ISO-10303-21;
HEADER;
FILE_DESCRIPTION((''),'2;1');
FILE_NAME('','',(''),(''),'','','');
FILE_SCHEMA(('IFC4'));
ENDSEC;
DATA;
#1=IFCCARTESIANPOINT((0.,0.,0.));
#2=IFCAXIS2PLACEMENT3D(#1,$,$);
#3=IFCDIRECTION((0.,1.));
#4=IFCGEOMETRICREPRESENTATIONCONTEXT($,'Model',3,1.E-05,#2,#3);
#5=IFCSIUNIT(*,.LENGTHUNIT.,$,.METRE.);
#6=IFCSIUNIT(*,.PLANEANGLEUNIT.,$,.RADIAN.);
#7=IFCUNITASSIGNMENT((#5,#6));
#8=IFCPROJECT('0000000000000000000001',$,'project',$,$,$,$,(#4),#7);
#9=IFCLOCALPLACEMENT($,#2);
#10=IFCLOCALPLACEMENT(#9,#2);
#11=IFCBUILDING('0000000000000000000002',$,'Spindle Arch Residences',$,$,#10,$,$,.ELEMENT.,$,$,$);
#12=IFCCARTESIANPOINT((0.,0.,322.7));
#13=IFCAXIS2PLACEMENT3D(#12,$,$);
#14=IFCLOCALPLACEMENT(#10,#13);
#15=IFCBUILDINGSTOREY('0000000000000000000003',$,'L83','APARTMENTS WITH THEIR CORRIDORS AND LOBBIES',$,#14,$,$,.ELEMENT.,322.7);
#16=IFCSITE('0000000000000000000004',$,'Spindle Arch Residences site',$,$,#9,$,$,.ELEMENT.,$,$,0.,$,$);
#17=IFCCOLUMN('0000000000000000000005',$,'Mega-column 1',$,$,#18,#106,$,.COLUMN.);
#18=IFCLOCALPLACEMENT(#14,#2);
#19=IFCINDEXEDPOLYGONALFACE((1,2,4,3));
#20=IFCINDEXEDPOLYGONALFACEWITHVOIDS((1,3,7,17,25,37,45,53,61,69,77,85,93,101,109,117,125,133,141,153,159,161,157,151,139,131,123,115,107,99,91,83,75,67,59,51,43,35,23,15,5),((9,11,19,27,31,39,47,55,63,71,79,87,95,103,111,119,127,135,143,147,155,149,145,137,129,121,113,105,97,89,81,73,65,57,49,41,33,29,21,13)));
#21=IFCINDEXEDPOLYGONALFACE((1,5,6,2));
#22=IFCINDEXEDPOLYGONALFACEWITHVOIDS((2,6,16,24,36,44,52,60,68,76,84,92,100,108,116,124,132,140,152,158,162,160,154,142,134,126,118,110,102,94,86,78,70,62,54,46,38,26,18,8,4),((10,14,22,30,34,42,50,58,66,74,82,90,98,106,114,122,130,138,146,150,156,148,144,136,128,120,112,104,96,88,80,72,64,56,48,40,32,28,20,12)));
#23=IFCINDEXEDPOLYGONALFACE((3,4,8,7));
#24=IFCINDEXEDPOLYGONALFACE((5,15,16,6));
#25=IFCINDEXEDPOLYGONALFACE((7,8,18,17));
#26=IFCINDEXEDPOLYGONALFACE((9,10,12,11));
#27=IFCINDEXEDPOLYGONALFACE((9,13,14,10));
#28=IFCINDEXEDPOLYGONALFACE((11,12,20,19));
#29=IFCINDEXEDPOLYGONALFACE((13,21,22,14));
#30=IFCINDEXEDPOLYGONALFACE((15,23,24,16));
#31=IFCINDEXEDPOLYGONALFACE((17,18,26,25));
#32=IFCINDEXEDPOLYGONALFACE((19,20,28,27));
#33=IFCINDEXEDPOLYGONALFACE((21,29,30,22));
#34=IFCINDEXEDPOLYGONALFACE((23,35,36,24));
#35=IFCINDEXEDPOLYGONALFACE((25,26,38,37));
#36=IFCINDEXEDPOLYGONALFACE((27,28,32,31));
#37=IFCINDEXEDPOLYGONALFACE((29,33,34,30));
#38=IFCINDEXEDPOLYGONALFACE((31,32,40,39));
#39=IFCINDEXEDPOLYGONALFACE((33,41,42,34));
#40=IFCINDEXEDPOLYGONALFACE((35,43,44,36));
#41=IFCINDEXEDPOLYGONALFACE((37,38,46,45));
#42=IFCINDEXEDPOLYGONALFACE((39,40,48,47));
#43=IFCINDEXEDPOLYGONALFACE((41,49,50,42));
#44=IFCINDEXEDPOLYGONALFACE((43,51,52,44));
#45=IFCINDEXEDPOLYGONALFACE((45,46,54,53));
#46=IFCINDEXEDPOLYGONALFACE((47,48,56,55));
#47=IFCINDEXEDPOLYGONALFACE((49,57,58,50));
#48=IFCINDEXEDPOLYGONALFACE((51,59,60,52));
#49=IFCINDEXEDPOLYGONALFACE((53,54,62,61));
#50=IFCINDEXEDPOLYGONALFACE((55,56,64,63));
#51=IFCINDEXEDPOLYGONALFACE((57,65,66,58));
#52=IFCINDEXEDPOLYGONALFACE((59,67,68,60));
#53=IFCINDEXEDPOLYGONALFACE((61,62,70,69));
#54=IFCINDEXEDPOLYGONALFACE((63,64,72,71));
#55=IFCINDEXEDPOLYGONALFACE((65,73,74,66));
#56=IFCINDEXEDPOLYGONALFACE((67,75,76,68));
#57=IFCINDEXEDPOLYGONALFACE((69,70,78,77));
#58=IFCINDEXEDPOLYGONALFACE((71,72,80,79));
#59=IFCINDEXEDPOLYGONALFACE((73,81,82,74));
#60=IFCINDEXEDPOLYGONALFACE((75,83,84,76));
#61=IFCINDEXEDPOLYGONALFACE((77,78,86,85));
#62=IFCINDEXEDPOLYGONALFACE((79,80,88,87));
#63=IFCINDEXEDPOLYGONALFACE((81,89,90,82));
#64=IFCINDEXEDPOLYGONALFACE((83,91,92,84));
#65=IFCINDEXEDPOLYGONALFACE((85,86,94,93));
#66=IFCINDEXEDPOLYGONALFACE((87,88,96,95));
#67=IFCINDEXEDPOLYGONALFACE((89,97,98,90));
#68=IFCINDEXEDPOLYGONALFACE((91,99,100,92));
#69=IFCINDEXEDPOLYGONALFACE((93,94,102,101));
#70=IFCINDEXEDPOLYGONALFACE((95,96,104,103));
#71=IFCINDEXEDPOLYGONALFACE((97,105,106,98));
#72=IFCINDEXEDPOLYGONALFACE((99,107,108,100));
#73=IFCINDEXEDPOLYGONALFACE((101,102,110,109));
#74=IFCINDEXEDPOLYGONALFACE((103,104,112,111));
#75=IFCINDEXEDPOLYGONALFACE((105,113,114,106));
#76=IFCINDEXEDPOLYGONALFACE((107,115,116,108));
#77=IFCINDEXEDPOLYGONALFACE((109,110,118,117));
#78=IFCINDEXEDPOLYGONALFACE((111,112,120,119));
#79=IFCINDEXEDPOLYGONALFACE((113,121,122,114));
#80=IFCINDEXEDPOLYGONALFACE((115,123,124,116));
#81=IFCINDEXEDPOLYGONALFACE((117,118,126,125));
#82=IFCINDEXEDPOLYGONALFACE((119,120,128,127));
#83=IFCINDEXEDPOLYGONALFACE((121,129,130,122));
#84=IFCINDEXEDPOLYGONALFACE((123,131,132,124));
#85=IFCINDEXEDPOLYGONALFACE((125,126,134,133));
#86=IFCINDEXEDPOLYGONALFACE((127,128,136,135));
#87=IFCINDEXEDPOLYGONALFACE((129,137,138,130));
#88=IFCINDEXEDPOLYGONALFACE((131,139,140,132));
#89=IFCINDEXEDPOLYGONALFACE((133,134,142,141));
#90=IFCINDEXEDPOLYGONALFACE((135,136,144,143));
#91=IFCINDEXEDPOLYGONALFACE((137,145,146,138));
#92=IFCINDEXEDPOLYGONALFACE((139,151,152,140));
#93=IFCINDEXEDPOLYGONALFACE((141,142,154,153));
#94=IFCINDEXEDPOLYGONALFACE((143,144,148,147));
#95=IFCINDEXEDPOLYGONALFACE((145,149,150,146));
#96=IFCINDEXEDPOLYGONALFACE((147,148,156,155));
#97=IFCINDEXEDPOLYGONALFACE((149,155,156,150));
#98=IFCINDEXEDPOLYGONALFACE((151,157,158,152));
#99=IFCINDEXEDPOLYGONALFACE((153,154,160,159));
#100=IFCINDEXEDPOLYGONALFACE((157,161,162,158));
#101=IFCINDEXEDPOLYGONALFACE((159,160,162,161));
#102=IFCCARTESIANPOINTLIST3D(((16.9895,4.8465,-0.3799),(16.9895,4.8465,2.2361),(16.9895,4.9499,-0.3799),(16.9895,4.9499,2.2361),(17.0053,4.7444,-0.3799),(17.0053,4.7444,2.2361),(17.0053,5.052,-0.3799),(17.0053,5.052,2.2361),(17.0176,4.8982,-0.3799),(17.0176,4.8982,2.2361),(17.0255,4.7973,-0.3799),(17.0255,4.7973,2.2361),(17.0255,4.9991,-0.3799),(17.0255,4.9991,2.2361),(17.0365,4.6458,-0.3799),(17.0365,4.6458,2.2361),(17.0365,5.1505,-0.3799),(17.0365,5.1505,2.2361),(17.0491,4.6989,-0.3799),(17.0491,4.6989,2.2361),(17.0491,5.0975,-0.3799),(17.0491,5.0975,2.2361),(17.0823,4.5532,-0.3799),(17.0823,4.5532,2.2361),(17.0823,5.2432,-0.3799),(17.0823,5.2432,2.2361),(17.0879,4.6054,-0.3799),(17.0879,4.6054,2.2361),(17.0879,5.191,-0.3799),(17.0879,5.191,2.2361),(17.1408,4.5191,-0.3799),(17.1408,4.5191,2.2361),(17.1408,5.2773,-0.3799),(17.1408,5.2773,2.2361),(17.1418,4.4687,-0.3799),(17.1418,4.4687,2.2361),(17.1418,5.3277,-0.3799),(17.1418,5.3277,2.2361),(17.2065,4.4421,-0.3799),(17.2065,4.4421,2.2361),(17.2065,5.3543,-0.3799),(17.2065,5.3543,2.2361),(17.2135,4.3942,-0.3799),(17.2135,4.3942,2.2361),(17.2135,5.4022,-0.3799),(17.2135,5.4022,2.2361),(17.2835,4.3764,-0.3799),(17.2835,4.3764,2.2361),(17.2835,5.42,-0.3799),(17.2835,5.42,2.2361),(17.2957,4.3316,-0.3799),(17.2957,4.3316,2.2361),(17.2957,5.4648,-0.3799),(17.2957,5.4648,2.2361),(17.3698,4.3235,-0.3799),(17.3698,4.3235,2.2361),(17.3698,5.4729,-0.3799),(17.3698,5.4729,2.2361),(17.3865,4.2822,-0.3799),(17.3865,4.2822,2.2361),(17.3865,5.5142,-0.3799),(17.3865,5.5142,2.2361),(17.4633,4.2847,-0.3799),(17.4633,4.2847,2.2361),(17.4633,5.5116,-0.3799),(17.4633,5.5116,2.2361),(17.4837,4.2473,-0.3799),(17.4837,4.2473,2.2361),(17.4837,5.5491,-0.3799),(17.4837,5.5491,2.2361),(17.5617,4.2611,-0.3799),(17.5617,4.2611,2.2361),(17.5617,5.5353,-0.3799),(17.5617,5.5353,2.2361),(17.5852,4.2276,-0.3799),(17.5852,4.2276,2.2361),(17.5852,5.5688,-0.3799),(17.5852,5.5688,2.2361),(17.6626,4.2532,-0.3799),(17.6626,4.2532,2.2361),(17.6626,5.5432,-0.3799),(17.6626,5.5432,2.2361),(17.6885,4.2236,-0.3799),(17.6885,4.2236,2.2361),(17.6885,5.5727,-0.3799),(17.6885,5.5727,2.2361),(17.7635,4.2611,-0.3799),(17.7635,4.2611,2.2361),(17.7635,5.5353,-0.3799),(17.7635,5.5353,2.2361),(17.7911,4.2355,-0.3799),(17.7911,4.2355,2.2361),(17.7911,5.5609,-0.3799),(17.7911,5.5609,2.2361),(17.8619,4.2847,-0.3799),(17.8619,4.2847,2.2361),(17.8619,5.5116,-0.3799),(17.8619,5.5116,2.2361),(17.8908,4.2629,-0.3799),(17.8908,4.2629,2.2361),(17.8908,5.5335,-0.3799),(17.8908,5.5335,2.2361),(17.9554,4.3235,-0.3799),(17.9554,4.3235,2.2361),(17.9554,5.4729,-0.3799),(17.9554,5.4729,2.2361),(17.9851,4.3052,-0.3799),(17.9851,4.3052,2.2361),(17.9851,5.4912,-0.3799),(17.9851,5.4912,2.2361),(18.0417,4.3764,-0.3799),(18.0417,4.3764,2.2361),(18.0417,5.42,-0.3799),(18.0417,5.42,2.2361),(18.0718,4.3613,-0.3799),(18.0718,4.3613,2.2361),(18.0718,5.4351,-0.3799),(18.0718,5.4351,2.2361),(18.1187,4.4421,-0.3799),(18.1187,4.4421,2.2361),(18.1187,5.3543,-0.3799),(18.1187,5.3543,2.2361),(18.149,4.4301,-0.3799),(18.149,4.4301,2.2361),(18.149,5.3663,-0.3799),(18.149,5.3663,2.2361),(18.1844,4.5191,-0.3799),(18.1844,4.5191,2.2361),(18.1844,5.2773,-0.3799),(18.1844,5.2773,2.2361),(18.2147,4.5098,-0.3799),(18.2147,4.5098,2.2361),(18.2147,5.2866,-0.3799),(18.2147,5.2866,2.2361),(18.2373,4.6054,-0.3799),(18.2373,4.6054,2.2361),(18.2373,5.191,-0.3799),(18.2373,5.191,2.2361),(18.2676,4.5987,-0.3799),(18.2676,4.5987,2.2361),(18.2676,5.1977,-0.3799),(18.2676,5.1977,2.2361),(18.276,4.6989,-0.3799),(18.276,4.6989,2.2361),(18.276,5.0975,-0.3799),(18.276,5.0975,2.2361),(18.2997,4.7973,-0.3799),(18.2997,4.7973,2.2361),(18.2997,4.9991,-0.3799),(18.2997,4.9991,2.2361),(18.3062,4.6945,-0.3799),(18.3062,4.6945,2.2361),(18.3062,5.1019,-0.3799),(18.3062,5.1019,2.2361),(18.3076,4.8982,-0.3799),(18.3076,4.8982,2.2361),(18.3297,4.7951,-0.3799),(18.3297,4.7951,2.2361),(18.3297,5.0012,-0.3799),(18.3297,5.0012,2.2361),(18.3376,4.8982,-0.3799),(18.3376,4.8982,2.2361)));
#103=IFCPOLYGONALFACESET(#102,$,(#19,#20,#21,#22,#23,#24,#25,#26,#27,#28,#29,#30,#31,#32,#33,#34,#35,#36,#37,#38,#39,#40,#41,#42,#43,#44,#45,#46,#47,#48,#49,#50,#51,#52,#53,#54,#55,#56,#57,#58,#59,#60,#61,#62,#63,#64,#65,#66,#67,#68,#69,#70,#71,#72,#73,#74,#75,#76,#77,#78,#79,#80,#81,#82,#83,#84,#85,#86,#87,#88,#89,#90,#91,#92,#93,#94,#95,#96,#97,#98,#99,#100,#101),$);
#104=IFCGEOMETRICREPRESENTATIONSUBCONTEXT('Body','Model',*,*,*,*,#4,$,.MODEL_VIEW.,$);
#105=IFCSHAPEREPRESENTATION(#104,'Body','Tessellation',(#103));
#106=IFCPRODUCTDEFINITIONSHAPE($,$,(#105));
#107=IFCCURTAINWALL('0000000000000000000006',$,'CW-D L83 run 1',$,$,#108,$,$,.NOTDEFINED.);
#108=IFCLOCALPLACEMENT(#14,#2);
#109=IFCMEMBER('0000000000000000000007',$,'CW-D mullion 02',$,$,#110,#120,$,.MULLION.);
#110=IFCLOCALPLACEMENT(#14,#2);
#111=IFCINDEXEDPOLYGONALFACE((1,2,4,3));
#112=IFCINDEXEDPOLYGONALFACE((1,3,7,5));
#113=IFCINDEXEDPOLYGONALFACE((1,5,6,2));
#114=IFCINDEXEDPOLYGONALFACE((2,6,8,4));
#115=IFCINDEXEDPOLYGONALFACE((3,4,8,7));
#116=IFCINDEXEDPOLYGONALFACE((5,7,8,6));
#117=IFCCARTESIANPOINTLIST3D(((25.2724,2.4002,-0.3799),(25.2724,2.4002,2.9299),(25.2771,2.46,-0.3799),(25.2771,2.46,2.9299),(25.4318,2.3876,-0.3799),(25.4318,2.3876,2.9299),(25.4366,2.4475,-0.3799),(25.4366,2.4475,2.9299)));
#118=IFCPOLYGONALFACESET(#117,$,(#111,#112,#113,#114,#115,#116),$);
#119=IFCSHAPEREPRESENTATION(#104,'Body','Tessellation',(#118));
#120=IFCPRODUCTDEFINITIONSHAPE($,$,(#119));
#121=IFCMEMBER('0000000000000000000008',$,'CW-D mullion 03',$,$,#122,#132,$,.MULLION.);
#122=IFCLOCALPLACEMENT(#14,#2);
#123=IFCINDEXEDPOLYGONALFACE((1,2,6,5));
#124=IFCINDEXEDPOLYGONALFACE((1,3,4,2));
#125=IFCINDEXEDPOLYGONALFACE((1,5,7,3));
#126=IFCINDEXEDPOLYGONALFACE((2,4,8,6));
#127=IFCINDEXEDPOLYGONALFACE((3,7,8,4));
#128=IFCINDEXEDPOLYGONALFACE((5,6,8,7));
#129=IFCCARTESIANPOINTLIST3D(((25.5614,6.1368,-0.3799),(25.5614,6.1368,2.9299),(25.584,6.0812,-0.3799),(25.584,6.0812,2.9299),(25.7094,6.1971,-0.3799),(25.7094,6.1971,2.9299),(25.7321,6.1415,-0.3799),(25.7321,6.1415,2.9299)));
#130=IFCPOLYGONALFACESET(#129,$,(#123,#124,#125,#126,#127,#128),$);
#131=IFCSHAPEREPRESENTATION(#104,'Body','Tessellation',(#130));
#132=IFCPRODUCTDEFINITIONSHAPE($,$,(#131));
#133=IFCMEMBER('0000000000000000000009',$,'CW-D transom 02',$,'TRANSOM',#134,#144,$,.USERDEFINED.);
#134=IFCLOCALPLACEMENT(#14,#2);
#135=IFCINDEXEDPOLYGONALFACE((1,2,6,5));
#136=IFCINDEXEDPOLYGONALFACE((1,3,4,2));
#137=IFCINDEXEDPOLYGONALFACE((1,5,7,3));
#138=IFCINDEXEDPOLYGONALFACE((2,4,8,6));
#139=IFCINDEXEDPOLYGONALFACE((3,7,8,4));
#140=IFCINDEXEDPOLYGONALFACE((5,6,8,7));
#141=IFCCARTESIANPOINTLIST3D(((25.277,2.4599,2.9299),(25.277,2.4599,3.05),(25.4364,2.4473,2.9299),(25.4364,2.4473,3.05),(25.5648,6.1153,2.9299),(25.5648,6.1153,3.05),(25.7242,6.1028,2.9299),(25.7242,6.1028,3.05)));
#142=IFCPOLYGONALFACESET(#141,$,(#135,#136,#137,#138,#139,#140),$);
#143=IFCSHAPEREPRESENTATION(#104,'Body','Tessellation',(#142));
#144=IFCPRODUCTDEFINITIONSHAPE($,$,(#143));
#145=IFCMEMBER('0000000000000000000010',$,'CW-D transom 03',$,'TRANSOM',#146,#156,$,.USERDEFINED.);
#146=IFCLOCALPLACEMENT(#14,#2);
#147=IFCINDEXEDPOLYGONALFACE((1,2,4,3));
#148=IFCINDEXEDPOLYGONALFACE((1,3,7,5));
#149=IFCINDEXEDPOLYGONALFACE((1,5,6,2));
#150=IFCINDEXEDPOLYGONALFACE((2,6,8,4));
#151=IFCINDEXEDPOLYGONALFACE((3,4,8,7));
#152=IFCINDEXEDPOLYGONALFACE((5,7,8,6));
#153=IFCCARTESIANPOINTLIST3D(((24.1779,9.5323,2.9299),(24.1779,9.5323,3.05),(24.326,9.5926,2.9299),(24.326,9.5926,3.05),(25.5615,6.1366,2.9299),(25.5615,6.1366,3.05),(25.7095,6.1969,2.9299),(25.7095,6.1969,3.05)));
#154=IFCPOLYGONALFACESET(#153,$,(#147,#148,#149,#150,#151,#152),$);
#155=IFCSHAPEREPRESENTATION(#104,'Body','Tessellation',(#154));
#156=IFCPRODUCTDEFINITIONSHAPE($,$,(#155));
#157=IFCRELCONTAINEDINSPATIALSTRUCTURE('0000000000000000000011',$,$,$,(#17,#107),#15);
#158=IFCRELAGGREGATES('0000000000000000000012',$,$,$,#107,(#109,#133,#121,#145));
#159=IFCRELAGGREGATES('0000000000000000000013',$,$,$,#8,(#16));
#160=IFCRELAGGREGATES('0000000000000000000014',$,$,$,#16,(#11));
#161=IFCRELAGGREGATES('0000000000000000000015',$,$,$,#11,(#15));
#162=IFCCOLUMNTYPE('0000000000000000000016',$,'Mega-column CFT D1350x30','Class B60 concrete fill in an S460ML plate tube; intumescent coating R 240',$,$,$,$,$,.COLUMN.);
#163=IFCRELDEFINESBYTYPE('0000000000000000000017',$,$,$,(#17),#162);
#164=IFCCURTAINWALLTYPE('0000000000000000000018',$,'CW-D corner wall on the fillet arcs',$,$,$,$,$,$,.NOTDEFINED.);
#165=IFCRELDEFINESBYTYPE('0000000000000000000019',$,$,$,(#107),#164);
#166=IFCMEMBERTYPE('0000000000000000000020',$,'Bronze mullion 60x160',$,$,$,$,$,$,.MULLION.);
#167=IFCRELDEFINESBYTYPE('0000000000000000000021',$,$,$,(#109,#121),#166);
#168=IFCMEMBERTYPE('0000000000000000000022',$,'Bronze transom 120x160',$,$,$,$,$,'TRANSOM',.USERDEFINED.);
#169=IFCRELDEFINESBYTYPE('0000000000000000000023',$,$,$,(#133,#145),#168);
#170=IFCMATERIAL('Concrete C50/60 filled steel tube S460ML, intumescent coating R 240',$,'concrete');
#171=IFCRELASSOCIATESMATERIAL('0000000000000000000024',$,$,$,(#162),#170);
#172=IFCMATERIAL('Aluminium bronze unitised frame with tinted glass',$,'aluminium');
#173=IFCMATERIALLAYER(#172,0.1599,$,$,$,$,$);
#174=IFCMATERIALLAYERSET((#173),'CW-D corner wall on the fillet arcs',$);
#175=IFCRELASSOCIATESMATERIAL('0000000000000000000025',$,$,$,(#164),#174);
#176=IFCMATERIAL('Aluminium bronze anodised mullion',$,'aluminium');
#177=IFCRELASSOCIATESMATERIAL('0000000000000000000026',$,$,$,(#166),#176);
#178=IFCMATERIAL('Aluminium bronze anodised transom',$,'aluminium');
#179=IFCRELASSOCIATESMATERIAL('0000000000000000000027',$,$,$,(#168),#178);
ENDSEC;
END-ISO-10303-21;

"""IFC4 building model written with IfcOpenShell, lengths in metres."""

from ifc_helpers import new_model, si_unit, direction, frame, origin, origin_2d, place, context, subcontext, project, spatial, rectangle, hollow_circle, extrude, material, layer, layer_set, material_profile, profile_set, type_object, element, aggregate, save


model = new_model("IFC4")

# Units and contexts
model_context = context("Model", 3, precision=1e-05, world=origin(), true_north=direction((0.0, 1.0)))
body_context = subcontext(model_context, "Body", "Model", "MODEL_VIEW")
ifc_project = project(units=[si_unit("LENGTHUNIT", "METRE"), si_unit("PLANEANGLEUNIT", "RADIAN")], contexts=[model_context])

# Site, building, storey
site_placement = place(None, origin())
site = spatial("IfcSite", under=ifc_project, at=site_placement, Name="Spindle Arch Residences site", CompositionType="ELEMENT", RefElevation=0.0)
building_placement = place(site_placement, origin())
building = spatial("IfcBuilding", under=site, at=building_placement, Name="Spindle Arch Residences", CompositionType="ELEMENT")
storey_placement = place(building_placement, frame((0.0, 0.0, 322.7)))
storey = spatial("IfcBuildingStorey", under=building, at=storey_placement, Name="L83", Description="APARTMENTS WITH THEIR CORRIDORS AND LOBBIES", CompositionType="ELEMENT", Elevation=322.7)

# Column
ifc_material_1 = material(Name="Concrete C50/60 filled steel tube S460ML, intumescent coating R 240", Category="concrete")
ifc_material_profile_1 = material_profile(ifc_material_1, hollow_circle(Radius=0.675, WallThickness=0.03, at=origin_2d()), Name="CFT D1350x30")
ifc_profile_set_1 = profile_set([ifc_material_profile_1], Name="Concrete C50/60 filled steel tube S460ML, intumescent coating R 240")
column_type = type_object("IfcColumnType", Name="Mega-column CFT D1350x30", Description="Class B60 concrete fill in an S460ML plate tube; intumescent coating R 240", PredefinedType="COLUMN", material=ifc_profile_set_1)
column_placement = place(storey_placement, frame((17.6626, 4.8982, -0.3799), z_axis=(0.0, 0.0, 1.0), x_axis=(1.0, 0.0, 0.0)))
element("IfcColumn", 1, at=column_placement, inside=storey, type_object=column_type, Name="Mega-column 1", PredefinedType="COLUMN", context=body_context, shape_type="SweptSolid", body=[
    extrude(hollow_circle(Radius=0.675, WallThickness=0.03, at=origin_2d()), origin(), (0.0, 0.0, 1.0), 2.616),
])

# Curtain wall, members
ifc_material_2 = material(Name="Aluminium bronze unitised frame with tinted glass", Category="aluminium")
ifc_layer_1 = layer(ifc_material_2, 0.1599)
ifc_layer_set_1 = layer_set([ifc_layer_1], Name="CW-D corner wall on the fillet arcs")
curtain_wall_type = type_object("IfcCurtainWallType", Name="CW-D corner wall on the fillet arcs", PredefinedType="NOTDEFINED", material=ifc_layer_set_1)
curtain_wall_placement = place(storey_placement, origin())
curtain_wall = element("IfcCurtainWall", 2, at=curtain_wall_placement, inside=storey, type_object=curtain_wall_type, Name="CW-D L83 run 1", PredefinedType="NOTDEFINED")
ifc_material_3 = material(Name="Aluminium bronze anodised mullion", Category="aluminium")
ifc_material_profile_2 = material_profile(ifc_material_3, rectangle(XDim=0.1599, YDim=0.0601, at=origin_2d()), Name="MU 60x160")
ifc_profile_set_2 = profile_set([ifc_material_profile_2], Name="Aluminium bronze anodised mullion")
member_type_1 = type_object("IfcMemberType", Name="Bronze mullion 60x160", PredefinedType="MULLION", material=ifc_profile_set_2)
member_1_placement = place(storey_placement, frame((25.3545, 2.4238, -0.3799), z_axis=(0.0, 0.0, 1.0), x_axis=(-0.996917, 0.078459, 0.0)))
member_1 = element("IfcMember", 3, at=member_1_placement, type_object=member_type_1, Name="CW-D mullion 02", PredefinedType="MULLION", context=body_context, shape_type="SweptSolid", body=[
    extrude(rectangle(XDim=0.1599, YDim=0.0601, at=origin_2d()), origin(), (0.0, 0.0, 1.0), 3.3098),
])
member_2_placement = place(storey_placement, frame((25.6467, 6.1392, -0.3799), z_axis=(0.0, 0.0, 1.0), x_axis=(-0.92609, -0.377302, 0.0)))
member_2 = element("IfcMember", 4, at=member_2_placement, type_object=member_type_1, Name="CW-D mullion 03", PredefinedType="MULLION", context=body_context, shape_type="SweptSolid", body=[
    extrude(rectangle(XDim=0.1599, YDim=0.0601, at=origin_2d()), origin(), (0.0, 0.0, 1.0), 3.3098),
])
ifc_material_4 = material(Name="Aluminium bronze anodised transom", Category="aluminium")
ifc_material_profile_3 = material_profile(ifc_material_4, rectangle(XDim=0.1599, YDim=0.1201, at=origin_2d()), Name="TR 120x160")
ifc_profile_set_3 = profile_set([ifc_material_profile_3], Name="Aluminium bronze anodised transom")
member_type_2 = type_object("IfcMemberType", Name="Bronze transom 120x160", ElementType="TRANSOM", PredefinedType="USERDEFINED", material=ifc_profile_set_3)
member_3_placement = place(storey_placement, frame((25.3567, 2.4536, 2.99), z_axis=(0.078499, 0.996914, 0.0), x_axis=(-0.996914, 0.078499, 0.0)))
member_3 = element("IfcMember", 5, at=member_3_placement, type_object=member_type_2, Name="CW-D transom 02", ObjectType="TRANSOM", PredefinedType="USERDEFINED", context=body_context, shape_type="SweptSolid", body=[
    extrude(rectangle(XDim=0.1599, YDim=0.1201, at=origin_2d()), origin(), (0.0, 0.0, 1.0), 3.6667),
])
member_4_placement = place(storey_placement, frame((25.6355, 6.1667, 2.99), z_axis=(-0.377318, 0.926084, 0.0), x_axis=(-0.926084, -0.377318, 0.0)))
member_4 = element("IfcMember", 6, at=member_4_placement, type_object=member_type_2, Name="CW-D transom 03", ObjectType="TRANSOM", PredefinedType="USERDEFINED", context=body_context, shape_type="SweptSolid", body=[
    extrude(rectangle(XDim=0.1599, YDim=0.1201, at=origin_2d()), origin(), (0.0, 0.0, 1.0), 3.6667),
])

aggregate(curtain_wall, [member_1, member_3, member_2, member_4])

save(model, "model.ifc")
